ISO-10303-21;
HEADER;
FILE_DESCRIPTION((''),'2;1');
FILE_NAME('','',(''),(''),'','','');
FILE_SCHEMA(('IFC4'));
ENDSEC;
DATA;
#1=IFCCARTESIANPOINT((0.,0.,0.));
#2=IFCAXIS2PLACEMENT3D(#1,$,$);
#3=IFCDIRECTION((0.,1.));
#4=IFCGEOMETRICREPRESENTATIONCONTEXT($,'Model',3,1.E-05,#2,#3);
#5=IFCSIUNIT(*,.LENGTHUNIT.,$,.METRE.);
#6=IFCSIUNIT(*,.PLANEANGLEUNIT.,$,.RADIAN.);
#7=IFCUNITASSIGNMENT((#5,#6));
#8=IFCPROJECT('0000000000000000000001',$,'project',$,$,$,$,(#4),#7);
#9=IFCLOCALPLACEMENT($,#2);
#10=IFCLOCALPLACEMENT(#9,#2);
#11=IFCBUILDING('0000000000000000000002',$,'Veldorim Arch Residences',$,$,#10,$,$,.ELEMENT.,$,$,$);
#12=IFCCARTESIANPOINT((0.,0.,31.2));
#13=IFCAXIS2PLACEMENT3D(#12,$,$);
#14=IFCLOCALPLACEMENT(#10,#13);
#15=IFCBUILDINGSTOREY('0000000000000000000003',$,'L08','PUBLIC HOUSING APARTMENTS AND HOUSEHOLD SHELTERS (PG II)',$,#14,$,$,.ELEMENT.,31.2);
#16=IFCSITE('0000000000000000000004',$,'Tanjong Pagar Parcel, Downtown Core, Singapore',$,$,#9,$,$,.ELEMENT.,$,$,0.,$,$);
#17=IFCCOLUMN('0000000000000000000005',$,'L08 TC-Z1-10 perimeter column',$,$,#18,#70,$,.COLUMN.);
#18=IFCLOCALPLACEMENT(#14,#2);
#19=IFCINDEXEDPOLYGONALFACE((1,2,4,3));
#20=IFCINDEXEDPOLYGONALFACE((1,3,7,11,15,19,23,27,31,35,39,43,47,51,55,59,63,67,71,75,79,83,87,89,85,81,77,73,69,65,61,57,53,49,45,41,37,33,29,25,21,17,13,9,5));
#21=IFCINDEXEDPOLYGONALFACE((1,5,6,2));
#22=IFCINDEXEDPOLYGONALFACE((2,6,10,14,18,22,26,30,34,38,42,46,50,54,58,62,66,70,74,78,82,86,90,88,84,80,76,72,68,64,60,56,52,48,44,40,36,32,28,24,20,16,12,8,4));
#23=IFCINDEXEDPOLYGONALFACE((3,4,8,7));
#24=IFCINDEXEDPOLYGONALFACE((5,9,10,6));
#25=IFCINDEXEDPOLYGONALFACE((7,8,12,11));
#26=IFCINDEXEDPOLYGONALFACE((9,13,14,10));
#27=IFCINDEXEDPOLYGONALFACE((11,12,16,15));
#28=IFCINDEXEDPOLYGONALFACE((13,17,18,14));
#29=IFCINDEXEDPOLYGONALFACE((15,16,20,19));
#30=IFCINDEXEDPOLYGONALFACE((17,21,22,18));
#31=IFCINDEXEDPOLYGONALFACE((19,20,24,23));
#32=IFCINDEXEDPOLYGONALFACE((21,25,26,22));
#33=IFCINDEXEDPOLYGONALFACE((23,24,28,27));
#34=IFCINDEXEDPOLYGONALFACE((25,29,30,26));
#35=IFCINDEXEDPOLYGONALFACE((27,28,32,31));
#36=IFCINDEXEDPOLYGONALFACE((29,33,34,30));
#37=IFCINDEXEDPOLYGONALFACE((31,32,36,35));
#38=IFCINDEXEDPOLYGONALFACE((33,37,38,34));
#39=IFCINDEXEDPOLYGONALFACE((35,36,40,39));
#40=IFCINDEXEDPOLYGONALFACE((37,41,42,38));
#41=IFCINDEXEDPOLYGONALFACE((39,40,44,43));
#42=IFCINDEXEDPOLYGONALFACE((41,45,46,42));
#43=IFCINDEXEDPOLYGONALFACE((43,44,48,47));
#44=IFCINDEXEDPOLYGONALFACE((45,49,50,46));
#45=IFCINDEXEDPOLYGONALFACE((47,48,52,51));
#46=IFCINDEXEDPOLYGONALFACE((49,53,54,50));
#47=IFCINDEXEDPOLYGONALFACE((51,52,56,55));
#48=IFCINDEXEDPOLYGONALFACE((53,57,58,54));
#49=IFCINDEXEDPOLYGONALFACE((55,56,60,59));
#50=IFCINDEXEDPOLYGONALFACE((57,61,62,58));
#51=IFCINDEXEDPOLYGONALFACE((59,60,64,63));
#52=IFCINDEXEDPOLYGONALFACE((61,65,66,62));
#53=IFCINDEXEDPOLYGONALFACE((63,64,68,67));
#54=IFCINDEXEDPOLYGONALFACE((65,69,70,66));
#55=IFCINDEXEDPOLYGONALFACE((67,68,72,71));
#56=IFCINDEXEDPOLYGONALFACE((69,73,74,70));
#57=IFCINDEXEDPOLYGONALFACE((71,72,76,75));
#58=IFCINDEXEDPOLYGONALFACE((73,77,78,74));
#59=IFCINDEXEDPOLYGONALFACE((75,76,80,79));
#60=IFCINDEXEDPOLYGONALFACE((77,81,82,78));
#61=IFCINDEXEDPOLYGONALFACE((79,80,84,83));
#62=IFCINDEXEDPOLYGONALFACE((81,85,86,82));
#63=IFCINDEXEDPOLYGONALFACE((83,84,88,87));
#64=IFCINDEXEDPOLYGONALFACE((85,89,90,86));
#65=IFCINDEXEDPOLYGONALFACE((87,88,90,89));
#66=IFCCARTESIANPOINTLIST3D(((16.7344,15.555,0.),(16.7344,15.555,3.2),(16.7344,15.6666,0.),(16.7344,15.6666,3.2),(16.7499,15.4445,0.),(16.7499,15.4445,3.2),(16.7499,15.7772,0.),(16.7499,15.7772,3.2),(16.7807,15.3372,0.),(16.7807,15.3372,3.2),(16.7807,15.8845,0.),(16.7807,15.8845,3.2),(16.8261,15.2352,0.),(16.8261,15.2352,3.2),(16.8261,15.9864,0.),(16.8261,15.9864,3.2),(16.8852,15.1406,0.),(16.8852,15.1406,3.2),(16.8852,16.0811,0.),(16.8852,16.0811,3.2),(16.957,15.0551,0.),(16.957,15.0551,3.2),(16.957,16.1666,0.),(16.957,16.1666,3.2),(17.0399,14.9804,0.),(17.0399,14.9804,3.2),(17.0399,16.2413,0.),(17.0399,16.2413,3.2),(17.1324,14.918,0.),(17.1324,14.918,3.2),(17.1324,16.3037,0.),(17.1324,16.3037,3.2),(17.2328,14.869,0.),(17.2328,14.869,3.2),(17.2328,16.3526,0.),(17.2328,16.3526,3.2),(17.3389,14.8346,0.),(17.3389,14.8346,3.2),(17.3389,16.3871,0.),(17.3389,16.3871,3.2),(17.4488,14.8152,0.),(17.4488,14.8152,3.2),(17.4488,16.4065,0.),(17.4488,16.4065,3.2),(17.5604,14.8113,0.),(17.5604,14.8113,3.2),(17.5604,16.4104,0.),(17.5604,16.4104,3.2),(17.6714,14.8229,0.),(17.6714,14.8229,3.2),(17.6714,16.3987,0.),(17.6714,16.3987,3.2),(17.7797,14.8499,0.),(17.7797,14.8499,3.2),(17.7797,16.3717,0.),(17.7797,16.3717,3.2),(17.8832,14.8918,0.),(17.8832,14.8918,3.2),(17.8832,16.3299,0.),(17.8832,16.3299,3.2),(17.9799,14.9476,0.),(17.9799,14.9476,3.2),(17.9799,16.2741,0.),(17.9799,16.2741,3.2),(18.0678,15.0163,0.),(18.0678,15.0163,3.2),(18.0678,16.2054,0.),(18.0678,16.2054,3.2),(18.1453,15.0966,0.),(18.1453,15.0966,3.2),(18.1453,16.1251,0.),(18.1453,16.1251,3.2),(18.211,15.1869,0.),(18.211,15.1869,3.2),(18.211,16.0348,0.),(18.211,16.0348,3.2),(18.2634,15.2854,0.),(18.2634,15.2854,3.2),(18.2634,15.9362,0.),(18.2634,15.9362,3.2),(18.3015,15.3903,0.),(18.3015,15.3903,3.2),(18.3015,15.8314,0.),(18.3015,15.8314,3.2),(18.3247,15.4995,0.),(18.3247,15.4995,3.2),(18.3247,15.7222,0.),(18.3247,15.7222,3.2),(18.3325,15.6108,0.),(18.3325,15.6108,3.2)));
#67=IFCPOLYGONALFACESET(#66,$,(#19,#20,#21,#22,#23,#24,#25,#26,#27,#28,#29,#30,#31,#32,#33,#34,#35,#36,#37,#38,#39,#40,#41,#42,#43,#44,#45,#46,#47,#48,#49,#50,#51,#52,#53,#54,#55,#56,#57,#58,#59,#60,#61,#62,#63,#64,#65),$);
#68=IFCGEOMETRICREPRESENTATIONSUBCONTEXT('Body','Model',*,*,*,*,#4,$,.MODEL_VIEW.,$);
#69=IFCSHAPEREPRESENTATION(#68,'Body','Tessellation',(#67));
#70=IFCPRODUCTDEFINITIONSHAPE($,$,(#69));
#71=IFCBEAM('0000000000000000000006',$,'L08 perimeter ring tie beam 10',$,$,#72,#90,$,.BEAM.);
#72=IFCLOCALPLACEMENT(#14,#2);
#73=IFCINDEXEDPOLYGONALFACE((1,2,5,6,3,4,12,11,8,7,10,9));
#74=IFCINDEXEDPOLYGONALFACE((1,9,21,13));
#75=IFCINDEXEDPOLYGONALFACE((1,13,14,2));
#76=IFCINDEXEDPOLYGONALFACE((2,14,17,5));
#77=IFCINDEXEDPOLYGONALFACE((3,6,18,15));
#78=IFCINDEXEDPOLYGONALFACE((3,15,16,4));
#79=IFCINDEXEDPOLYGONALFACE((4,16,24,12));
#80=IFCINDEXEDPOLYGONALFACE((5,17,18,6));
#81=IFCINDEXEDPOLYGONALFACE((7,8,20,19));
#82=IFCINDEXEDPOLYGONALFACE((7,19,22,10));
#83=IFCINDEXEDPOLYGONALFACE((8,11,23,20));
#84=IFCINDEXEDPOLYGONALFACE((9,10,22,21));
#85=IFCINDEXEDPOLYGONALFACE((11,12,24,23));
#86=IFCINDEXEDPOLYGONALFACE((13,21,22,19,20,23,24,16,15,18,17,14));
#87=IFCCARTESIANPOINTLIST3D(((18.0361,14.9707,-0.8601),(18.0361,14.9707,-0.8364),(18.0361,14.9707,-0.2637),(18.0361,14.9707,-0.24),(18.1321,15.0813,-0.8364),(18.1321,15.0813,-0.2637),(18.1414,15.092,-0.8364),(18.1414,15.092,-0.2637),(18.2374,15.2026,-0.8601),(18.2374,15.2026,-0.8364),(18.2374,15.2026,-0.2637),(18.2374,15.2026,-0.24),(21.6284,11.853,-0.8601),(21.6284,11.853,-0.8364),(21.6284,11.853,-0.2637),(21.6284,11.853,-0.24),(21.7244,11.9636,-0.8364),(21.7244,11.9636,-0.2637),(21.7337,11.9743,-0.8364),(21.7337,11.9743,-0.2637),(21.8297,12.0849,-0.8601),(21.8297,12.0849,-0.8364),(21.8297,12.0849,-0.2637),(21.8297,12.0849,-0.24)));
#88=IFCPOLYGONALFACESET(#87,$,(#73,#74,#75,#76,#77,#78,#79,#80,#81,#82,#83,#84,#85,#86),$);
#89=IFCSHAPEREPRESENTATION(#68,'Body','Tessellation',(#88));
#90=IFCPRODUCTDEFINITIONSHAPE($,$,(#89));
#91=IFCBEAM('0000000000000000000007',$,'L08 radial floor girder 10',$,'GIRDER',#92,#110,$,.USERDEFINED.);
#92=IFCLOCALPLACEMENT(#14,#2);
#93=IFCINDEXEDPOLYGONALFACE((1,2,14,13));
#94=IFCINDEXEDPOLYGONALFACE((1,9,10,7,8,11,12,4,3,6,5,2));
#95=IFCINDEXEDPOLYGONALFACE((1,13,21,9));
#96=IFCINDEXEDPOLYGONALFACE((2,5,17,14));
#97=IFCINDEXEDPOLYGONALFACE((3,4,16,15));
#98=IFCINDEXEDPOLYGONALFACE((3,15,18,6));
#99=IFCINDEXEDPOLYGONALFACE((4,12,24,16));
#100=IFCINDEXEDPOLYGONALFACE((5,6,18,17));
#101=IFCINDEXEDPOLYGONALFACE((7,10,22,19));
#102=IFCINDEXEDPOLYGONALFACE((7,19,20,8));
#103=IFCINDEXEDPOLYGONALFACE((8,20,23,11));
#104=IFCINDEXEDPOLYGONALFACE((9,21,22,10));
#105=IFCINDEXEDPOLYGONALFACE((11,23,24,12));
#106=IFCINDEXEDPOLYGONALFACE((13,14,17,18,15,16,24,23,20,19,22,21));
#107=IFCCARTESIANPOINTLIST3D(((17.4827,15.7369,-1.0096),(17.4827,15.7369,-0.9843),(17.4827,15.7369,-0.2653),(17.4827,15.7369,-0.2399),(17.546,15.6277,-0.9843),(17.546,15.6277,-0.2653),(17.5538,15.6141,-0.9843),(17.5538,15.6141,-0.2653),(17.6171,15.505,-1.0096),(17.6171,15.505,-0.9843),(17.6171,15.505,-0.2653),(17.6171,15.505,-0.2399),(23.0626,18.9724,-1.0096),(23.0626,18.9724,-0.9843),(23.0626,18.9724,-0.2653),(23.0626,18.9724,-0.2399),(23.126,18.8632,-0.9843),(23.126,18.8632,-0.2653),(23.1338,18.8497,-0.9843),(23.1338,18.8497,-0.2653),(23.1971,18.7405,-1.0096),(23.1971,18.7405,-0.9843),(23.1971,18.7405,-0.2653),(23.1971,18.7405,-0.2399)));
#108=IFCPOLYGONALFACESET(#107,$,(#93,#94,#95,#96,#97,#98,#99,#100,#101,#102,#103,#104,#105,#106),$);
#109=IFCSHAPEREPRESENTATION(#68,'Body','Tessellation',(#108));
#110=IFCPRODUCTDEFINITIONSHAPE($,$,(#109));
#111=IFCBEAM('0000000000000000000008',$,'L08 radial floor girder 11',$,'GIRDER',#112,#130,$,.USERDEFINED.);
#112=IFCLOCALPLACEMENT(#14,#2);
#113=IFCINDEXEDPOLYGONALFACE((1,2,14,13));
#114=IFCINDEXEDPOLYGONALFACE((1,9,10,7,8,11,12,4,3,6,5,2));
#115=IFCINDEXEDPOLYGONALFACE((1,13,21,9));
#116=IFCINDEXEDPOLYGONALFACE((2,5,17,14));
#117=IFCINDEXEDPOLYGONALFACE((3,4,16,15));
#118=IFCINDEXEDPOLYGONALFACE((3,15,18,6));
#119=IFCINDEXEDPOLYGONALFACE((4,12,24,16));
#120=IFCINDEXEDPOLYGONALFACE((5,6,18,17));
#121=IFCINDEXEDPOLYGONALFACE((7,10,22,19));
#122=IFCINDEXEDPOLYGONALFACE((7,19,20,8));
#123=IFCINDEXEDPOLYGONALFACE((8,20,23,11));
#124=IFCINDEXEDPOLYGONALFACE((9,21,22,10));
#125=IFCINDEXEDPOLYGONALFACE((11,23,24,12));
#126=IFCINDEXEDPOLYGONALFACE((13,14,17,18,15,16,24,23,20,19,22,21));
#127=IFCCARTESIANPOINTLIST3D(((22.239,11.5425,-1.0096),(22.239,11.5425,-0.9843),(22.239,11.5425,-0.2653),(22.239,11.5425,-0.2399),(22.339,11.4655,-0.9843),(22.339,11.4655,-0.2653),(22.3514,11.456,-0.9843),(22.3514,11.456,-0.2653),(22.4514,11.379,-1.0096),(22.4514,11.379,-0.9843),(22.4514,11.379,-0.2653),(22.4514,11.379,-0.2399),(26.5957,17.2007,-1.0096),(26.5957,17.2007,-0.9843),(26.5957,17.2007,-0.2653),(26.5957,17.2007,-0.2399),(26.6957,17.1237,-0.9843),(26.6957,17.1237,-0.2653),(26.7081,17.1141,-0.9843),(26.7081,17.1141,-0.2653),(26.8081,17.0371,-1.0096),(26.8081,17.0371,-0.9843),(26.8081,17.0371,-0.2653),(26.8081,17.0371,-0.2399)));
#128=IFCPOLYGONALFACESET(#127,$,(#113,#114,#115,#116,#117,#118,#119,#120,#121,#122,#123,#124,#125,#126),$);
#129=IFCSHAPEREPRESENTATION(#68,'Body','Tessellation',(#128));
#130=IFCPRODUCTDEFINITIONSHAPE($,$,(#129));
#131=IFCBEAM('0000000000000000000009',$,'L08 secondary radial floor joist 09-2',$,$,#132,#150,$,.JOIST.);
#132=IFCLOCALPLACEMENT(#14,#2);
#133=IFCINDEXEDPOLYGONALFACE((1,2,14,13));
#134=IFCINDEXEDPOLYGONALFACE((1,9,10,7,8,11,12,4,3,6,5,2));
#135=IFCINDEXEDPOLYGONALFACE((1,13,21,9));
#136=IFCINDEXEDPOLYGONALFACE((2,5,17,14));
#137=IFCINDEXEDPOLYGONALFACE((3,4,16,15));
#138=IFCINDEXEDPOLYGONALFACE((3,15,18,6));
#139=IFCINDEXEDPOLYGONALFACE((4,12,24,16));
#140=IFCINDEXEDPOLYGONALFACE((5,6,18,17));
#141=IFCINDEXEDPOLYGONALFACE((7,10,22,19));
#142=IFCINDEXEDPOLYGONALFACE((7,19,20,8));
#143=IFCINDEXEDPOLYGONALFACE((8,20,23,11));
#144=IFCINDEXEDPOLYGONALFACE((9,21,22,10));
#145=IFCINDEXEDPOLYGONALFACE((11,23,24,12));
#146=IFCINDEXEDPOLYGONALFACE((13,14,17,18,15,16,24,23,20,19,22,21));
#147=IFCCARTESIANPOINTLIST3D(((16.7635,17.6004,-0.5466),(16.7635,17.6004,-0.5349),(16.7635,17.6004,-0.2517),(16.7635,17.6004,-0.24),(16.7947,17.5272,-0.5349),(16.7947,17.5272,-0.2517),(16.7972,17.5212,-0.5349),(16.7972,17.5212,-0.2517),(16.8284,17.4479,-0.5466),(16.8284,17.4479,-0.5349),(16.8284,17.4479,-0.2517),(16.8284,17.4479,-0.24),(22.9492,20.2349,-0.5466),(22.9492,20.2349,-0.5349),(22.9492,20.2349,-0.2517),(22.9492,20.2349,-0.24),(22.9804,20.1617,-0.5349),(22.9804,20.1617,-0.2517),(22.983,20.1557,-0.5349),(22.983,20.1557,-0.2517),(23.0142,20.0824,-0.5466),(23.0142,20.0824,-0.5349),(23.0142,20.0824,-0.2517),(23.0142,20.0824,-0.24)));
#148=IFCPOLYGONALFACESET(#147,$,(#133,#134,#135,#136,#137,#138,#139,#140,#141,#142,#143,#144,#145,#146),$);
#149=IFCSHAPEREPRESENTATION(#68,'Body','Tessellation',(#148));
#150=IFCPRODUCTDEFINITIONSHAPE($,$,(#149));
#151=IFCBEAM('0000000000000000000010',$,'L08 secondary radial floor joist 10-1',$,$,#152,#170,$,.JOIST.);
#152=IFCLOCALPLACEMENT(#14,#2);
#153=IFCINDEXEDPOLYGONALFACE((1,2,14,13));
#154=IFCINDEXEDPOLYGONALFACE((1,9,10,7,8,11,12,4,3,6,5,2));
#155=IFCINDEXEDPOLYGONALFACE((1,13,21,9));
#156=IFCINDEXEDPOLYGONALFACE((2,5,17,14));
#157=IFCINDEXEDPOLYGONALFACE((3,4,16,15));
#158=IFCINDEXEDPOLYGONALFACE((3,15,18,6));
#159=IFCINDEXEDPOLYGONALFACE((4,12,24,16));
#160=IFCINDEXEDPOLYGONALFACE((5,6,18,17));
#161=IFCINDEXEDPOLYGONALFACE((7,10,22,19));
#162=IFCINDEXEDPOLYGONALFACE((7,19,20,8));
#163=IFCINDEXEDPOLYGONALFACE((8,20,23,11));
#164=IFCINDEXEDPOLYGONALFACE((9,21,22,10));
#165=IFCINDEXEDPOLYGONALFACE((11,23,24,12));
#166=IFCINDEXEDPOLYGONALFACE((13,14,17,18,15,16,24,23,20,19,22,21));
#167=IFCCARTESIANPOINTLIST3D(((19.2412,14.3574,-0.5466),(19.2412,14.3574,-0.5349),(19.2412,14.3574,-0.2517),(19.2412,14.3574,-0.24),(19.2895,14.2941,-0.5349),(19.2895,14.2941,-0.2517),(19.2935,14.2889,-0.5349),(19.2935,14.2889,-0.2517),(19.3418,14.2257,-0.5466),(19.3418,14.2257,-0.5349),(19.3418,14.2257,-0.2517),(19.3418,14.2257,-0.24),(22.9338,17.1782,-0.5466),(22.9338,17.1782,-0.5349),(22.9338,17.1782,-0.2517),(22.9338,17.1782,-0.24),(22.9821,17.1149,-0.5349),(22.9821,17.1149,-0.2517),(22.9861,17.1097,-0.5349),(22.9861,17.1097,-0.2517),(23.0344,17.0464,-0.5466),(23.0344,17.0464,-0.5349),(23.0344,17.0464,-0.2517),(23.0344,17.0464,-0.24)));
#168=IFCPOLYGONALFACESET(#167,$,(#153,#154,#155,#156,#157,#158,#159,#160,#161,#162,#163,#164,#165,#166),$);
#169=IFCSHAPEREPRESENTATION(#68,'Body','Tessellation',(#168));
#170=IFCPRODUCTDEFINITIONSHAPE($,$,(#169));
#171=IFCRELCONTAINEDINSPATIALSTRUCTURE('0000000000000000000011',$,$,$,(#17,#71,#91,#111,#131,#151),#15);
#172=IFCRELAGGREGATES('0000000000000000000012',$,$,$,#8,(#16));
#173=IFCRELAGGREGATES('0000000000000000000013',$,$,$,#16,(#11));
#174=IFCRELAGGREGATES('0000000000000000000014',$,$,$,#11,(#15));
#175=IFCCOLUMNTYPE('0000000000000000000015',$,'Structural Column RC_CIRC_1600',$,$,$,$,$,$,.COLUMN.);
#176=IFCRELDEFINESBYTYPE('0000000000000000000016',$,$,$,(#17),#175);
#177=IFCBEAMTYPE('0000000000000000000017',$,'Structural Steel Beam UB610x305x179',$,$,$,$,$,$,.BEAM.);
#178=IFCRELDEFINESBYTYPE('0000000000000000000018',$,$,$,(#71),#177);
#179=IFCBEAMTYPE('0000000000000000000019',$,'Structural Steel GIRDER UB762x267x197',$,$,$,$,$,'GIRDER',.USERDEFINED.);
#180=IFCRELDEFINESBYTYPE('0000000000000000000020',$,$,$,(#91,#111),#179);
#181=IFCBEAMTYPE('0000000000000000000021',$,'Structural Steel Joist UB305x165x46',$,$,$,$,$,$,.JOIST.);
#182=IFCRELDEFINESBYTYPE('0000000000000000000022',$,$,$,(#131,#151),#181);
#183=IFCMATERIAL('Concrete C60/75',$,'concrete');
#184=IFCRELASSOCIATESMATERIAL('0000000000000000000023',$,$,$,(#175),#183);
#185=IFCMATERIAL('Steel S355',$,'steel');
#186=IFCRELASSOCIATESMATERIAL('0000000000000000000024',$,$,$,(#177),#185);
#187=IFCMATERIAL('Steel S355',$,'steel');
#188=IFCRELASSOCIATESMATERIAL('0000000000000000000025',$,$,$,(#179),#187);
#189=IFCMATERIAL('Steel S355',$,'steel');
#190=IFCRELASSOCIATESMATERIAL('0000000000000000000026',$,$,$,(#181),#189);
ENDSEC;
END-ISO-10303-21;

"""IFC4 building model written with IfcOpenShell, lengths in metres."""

from ifc_helpers import new_model, si_unit, direction, frame, origin, origin_2d, place, context, subcontext, project, spatial, circle, i_section, extrude, material, material_profile, profile_set, type_object, element, save


model = new_model("IFC4")

# Units and contexts
model_context = context("Model", 3, precision=1e-05, world=origin(), true_north=direction((0.0, 1.0)))
body_context = subcontext(model_context, "Body", "Model", "MODEL_VIEW")
ifc_project = project(units=[si_unit("LENGTHUNIT", "METRE"), si_unit("PLANEANGLEUNIT", "RADIAN")], contexts=[model_context])

# Site, building, storey
site_placement = place(None, origin())
site = spatial("IfcSite", under=ifc_project, at=site_placement, Name="Tanjong Pagar Parcel, Downtown Core, Singapore", CompositionType="ELEMENT", RefElevation=0.0)
building_placement = place(site_placement, origin())
building = spatial("IfcBuilding", under=site, at=building_placement, Name="Veldorim Arch Residences", CompositionType="ELEMENT")
storey_placement = place(building_placement, frame((0.0, 0.0, 31.2)))
storey = spatial("IfcBuildingStorey", under=building, at=storey_placement, Name="L08", Description="PUBLIC HOUSING APARTMENTS AND HOUSEHOLD SHELTERS (PG II)", CompositionType="ELEMENT", Elevation=31.2)

# Column
ifc_material_1 = material(Name="Concrete C60/75", Category="concrete")
ifc_material_profile_1 = material_profile(ifc_material_1, circle(Radius=0.8, at=origin_2d()), Name="RC_CIRC_1600")
ifc_profile_set_1 = profile_set([ifc_material_profile_1], Name="Concrete C60/75")
column_type = type_object("IfcColumnType", Name="Structural Column RC_CIRC_1600", PredefinedType="COLUMN", material=ifc_profile_set_1)
column_placement = place(storey_placement, frame((17.5325, 15.6108, 0.0), z_axis=(0.0, 0.0, 1.0), x_axis=(1.0, 0.0, 0.0)))
element("IfcColumn", 1, at=column_placement, inside=storey, type_object=column_type, Name="L08 TC-Z1-10 perimeter column", PredefinedType="COLUMN", context=body_context, shape_type="SweptSolid", body=[
    extrude(circle(Radius=0.8, at=origin_2d()), origin(), (0.0, 0.0, 1.0), 3.2),
])

# Beams
ifc_material_2 = material(Name="Steel S355", Category="steel")
ifc_material_profile_2 = material_profile(ifc_material_2, i_section(OverallWidth=0.3071, OverallDepth=0.6201, WebThickness=0.0142, FlangeThickness=0.0237, at=origin_2d()), Name="UB610x305x179")
ifc_profile_set_2 = profile_set([ifc_material_profile_2], Name="Steel S355")
beam_type_1 = type_object("IfcBeamType", Name="Structural Steel Beam UB610x305x179", PredefinedType="BEAM", material=ifc_profile_set_2)
beam_1_placement = place(storey_placement, frame((18.1367, 15.0867, -0.55), z_axis=(0.755235, -0.655454, 0.0), x_axis=(0.655454, 0.755235, 0.0)))
element("IfcBeam", 2, at=beam_1_placement, inside=storey, type_object=beam_type_1, Name="L08 perimeter ring tie beam 10", PredefinedType="BEAM", context=body_context, shape_type="SweptSolid", body=[
    extrude(i_section(OverallWidth=0.3071, OverallDepth=0.6201, WebThickness=0.0142, FlangeThickness=0.0237, at=origin_2d()), origin(), (0.0, 0.0, 1.0), 4.7566),
])
ifc_material_3 = material(Name="Steel S355", Category="steel")
ifc_material_profile_3 = material_profile(ifc_material_3, i_section(OverallWidth=0.2681, OverallDepth=0.7698, WebThickness=0.0156, FlangeThickness=0.0254, at=origin_2d()), Name="UB762x267x197")
ifc_profile_set_3 = profile_set([ifc_material_profile_3], Name="Steel S355")
beam_type_2 = type_object("IfcBeamType", Name="Structural Steel GIRDER UB762x267x197", ElementType="GIRDER", PredefinedType="USERDEFINED", material=ifc_profile_set_3)
beam_2_placement = place(storey_placement, frame((23.1299, 18.8564, -0.6248), z_axis=(-0.865088, -0.50162, 0.0), x_axis=(0.50162, -0.865088, 0.0)))
element("IfcBeam", 3, at=beam_2_placement, inside=storey, type_object=beam_type_2, Name="L08 radial floor girder 10", ObjectType="GIRDER", PredefinedType="USERDEFINED", context=body_context, shape_type="SweptSolid", body=[
    extrude(i_section(OverallWidth=0.2681, OverallDepth=0.7698, WebThickness=0.0156, FlangeThickness=0.0254, at=origin_2d()), origin(), (0.0, 0.0, 1.0), 6.4502),
])
beam_3_placement = place(storey_placement, frame((26.7019, 17.1189, -0.6248), z_axis=(-0.610082, -0.792338, 0.0), x_axis=(0.792338, -0.610082, 0.0)))
element("IfcBeam", 4, at=beam_3_placement, inside=storey, type_object=beam_type_2, Name="L08 radial floor girder 11", ObjectType="GIRDER", PredefinedType="USERDEFINED", context=body_context, shape_type="SweptSolid", body=[
    extrude(i_section(OverallWidth=0.2681, OverallDepth=0.7698, WebThickness=0.0156, FlangeThickness=0.0254, at=origin_2d()), origin(), (0.0, 0.0, 1.0), 7.1411),
])
ifc_material_4 = material(Name="Steel S355", Category="steel")
ifc_material_profile_4 = material_profile(ifc_material_4, i_section(OverallWidth=0.1658, OverallDepth=0.3066, WebThickness=0.0066, FlangeThickness=0.0117, at=origin_2d()), Name="UB305x165x46")
ifc_profile_set_4 = profile_set([ifc_material_profile_4], Name="Steel S355")
beam_type_3 = type_object("IfcBeamType", Name="Structural Steel Joist UB305x165x46", PredefinedType="JOIST", material=ifc_profile_set_4)
beam_4_placement = place(storey_placement, frame((22.9817, 20.1587, -0.3933), z_axis=(-0.920033, -0.391841, 0.0), x_axis=(0.391841, -0.920033, 0.0)))
element("IfcBeam", 5, at=beam_4_placement, inside=storey, type_object=beam_type_3, Name="L08 secondary radial floor joist 09-2", PredefinedType="JOIST", context=body_context, shape_type="SweptSolid", body=[
    extrude(i_section(OverallWidth=0.1658, OverallDepth=0.3066, WebThickness=0.0066, FlangeThickness=0.0117, at=origin_2d()), origin(), (0.0, 0.0, 1.0), 6.7234),
])
beam_5_placement = place(storey_placement, frame((22.9841, 17.1123, -0.3933), z_axis=(-0.794666, -0.607046, 0.0), x_axis=(0.607046, -0.794666, 0.0)))
element("IfcBeam", 6, at=beam_5_placement, inside=storey, type_object=beam_type_3, Name="L08 secondary radial floor joist 10-1", PredefinedType="JOIST", context=body_context, shape_type="SweptSolid", body=[
    extrude(i_section(OverallWidth=0.1658, OverallDepth=0.3066, WebThickness=0.0066, FlangeThickness=0.0117, at=origin_2d()), origin(), (0.0, 0.0, 1.0), 4.6467),
])

save(model, "model.ifc")
